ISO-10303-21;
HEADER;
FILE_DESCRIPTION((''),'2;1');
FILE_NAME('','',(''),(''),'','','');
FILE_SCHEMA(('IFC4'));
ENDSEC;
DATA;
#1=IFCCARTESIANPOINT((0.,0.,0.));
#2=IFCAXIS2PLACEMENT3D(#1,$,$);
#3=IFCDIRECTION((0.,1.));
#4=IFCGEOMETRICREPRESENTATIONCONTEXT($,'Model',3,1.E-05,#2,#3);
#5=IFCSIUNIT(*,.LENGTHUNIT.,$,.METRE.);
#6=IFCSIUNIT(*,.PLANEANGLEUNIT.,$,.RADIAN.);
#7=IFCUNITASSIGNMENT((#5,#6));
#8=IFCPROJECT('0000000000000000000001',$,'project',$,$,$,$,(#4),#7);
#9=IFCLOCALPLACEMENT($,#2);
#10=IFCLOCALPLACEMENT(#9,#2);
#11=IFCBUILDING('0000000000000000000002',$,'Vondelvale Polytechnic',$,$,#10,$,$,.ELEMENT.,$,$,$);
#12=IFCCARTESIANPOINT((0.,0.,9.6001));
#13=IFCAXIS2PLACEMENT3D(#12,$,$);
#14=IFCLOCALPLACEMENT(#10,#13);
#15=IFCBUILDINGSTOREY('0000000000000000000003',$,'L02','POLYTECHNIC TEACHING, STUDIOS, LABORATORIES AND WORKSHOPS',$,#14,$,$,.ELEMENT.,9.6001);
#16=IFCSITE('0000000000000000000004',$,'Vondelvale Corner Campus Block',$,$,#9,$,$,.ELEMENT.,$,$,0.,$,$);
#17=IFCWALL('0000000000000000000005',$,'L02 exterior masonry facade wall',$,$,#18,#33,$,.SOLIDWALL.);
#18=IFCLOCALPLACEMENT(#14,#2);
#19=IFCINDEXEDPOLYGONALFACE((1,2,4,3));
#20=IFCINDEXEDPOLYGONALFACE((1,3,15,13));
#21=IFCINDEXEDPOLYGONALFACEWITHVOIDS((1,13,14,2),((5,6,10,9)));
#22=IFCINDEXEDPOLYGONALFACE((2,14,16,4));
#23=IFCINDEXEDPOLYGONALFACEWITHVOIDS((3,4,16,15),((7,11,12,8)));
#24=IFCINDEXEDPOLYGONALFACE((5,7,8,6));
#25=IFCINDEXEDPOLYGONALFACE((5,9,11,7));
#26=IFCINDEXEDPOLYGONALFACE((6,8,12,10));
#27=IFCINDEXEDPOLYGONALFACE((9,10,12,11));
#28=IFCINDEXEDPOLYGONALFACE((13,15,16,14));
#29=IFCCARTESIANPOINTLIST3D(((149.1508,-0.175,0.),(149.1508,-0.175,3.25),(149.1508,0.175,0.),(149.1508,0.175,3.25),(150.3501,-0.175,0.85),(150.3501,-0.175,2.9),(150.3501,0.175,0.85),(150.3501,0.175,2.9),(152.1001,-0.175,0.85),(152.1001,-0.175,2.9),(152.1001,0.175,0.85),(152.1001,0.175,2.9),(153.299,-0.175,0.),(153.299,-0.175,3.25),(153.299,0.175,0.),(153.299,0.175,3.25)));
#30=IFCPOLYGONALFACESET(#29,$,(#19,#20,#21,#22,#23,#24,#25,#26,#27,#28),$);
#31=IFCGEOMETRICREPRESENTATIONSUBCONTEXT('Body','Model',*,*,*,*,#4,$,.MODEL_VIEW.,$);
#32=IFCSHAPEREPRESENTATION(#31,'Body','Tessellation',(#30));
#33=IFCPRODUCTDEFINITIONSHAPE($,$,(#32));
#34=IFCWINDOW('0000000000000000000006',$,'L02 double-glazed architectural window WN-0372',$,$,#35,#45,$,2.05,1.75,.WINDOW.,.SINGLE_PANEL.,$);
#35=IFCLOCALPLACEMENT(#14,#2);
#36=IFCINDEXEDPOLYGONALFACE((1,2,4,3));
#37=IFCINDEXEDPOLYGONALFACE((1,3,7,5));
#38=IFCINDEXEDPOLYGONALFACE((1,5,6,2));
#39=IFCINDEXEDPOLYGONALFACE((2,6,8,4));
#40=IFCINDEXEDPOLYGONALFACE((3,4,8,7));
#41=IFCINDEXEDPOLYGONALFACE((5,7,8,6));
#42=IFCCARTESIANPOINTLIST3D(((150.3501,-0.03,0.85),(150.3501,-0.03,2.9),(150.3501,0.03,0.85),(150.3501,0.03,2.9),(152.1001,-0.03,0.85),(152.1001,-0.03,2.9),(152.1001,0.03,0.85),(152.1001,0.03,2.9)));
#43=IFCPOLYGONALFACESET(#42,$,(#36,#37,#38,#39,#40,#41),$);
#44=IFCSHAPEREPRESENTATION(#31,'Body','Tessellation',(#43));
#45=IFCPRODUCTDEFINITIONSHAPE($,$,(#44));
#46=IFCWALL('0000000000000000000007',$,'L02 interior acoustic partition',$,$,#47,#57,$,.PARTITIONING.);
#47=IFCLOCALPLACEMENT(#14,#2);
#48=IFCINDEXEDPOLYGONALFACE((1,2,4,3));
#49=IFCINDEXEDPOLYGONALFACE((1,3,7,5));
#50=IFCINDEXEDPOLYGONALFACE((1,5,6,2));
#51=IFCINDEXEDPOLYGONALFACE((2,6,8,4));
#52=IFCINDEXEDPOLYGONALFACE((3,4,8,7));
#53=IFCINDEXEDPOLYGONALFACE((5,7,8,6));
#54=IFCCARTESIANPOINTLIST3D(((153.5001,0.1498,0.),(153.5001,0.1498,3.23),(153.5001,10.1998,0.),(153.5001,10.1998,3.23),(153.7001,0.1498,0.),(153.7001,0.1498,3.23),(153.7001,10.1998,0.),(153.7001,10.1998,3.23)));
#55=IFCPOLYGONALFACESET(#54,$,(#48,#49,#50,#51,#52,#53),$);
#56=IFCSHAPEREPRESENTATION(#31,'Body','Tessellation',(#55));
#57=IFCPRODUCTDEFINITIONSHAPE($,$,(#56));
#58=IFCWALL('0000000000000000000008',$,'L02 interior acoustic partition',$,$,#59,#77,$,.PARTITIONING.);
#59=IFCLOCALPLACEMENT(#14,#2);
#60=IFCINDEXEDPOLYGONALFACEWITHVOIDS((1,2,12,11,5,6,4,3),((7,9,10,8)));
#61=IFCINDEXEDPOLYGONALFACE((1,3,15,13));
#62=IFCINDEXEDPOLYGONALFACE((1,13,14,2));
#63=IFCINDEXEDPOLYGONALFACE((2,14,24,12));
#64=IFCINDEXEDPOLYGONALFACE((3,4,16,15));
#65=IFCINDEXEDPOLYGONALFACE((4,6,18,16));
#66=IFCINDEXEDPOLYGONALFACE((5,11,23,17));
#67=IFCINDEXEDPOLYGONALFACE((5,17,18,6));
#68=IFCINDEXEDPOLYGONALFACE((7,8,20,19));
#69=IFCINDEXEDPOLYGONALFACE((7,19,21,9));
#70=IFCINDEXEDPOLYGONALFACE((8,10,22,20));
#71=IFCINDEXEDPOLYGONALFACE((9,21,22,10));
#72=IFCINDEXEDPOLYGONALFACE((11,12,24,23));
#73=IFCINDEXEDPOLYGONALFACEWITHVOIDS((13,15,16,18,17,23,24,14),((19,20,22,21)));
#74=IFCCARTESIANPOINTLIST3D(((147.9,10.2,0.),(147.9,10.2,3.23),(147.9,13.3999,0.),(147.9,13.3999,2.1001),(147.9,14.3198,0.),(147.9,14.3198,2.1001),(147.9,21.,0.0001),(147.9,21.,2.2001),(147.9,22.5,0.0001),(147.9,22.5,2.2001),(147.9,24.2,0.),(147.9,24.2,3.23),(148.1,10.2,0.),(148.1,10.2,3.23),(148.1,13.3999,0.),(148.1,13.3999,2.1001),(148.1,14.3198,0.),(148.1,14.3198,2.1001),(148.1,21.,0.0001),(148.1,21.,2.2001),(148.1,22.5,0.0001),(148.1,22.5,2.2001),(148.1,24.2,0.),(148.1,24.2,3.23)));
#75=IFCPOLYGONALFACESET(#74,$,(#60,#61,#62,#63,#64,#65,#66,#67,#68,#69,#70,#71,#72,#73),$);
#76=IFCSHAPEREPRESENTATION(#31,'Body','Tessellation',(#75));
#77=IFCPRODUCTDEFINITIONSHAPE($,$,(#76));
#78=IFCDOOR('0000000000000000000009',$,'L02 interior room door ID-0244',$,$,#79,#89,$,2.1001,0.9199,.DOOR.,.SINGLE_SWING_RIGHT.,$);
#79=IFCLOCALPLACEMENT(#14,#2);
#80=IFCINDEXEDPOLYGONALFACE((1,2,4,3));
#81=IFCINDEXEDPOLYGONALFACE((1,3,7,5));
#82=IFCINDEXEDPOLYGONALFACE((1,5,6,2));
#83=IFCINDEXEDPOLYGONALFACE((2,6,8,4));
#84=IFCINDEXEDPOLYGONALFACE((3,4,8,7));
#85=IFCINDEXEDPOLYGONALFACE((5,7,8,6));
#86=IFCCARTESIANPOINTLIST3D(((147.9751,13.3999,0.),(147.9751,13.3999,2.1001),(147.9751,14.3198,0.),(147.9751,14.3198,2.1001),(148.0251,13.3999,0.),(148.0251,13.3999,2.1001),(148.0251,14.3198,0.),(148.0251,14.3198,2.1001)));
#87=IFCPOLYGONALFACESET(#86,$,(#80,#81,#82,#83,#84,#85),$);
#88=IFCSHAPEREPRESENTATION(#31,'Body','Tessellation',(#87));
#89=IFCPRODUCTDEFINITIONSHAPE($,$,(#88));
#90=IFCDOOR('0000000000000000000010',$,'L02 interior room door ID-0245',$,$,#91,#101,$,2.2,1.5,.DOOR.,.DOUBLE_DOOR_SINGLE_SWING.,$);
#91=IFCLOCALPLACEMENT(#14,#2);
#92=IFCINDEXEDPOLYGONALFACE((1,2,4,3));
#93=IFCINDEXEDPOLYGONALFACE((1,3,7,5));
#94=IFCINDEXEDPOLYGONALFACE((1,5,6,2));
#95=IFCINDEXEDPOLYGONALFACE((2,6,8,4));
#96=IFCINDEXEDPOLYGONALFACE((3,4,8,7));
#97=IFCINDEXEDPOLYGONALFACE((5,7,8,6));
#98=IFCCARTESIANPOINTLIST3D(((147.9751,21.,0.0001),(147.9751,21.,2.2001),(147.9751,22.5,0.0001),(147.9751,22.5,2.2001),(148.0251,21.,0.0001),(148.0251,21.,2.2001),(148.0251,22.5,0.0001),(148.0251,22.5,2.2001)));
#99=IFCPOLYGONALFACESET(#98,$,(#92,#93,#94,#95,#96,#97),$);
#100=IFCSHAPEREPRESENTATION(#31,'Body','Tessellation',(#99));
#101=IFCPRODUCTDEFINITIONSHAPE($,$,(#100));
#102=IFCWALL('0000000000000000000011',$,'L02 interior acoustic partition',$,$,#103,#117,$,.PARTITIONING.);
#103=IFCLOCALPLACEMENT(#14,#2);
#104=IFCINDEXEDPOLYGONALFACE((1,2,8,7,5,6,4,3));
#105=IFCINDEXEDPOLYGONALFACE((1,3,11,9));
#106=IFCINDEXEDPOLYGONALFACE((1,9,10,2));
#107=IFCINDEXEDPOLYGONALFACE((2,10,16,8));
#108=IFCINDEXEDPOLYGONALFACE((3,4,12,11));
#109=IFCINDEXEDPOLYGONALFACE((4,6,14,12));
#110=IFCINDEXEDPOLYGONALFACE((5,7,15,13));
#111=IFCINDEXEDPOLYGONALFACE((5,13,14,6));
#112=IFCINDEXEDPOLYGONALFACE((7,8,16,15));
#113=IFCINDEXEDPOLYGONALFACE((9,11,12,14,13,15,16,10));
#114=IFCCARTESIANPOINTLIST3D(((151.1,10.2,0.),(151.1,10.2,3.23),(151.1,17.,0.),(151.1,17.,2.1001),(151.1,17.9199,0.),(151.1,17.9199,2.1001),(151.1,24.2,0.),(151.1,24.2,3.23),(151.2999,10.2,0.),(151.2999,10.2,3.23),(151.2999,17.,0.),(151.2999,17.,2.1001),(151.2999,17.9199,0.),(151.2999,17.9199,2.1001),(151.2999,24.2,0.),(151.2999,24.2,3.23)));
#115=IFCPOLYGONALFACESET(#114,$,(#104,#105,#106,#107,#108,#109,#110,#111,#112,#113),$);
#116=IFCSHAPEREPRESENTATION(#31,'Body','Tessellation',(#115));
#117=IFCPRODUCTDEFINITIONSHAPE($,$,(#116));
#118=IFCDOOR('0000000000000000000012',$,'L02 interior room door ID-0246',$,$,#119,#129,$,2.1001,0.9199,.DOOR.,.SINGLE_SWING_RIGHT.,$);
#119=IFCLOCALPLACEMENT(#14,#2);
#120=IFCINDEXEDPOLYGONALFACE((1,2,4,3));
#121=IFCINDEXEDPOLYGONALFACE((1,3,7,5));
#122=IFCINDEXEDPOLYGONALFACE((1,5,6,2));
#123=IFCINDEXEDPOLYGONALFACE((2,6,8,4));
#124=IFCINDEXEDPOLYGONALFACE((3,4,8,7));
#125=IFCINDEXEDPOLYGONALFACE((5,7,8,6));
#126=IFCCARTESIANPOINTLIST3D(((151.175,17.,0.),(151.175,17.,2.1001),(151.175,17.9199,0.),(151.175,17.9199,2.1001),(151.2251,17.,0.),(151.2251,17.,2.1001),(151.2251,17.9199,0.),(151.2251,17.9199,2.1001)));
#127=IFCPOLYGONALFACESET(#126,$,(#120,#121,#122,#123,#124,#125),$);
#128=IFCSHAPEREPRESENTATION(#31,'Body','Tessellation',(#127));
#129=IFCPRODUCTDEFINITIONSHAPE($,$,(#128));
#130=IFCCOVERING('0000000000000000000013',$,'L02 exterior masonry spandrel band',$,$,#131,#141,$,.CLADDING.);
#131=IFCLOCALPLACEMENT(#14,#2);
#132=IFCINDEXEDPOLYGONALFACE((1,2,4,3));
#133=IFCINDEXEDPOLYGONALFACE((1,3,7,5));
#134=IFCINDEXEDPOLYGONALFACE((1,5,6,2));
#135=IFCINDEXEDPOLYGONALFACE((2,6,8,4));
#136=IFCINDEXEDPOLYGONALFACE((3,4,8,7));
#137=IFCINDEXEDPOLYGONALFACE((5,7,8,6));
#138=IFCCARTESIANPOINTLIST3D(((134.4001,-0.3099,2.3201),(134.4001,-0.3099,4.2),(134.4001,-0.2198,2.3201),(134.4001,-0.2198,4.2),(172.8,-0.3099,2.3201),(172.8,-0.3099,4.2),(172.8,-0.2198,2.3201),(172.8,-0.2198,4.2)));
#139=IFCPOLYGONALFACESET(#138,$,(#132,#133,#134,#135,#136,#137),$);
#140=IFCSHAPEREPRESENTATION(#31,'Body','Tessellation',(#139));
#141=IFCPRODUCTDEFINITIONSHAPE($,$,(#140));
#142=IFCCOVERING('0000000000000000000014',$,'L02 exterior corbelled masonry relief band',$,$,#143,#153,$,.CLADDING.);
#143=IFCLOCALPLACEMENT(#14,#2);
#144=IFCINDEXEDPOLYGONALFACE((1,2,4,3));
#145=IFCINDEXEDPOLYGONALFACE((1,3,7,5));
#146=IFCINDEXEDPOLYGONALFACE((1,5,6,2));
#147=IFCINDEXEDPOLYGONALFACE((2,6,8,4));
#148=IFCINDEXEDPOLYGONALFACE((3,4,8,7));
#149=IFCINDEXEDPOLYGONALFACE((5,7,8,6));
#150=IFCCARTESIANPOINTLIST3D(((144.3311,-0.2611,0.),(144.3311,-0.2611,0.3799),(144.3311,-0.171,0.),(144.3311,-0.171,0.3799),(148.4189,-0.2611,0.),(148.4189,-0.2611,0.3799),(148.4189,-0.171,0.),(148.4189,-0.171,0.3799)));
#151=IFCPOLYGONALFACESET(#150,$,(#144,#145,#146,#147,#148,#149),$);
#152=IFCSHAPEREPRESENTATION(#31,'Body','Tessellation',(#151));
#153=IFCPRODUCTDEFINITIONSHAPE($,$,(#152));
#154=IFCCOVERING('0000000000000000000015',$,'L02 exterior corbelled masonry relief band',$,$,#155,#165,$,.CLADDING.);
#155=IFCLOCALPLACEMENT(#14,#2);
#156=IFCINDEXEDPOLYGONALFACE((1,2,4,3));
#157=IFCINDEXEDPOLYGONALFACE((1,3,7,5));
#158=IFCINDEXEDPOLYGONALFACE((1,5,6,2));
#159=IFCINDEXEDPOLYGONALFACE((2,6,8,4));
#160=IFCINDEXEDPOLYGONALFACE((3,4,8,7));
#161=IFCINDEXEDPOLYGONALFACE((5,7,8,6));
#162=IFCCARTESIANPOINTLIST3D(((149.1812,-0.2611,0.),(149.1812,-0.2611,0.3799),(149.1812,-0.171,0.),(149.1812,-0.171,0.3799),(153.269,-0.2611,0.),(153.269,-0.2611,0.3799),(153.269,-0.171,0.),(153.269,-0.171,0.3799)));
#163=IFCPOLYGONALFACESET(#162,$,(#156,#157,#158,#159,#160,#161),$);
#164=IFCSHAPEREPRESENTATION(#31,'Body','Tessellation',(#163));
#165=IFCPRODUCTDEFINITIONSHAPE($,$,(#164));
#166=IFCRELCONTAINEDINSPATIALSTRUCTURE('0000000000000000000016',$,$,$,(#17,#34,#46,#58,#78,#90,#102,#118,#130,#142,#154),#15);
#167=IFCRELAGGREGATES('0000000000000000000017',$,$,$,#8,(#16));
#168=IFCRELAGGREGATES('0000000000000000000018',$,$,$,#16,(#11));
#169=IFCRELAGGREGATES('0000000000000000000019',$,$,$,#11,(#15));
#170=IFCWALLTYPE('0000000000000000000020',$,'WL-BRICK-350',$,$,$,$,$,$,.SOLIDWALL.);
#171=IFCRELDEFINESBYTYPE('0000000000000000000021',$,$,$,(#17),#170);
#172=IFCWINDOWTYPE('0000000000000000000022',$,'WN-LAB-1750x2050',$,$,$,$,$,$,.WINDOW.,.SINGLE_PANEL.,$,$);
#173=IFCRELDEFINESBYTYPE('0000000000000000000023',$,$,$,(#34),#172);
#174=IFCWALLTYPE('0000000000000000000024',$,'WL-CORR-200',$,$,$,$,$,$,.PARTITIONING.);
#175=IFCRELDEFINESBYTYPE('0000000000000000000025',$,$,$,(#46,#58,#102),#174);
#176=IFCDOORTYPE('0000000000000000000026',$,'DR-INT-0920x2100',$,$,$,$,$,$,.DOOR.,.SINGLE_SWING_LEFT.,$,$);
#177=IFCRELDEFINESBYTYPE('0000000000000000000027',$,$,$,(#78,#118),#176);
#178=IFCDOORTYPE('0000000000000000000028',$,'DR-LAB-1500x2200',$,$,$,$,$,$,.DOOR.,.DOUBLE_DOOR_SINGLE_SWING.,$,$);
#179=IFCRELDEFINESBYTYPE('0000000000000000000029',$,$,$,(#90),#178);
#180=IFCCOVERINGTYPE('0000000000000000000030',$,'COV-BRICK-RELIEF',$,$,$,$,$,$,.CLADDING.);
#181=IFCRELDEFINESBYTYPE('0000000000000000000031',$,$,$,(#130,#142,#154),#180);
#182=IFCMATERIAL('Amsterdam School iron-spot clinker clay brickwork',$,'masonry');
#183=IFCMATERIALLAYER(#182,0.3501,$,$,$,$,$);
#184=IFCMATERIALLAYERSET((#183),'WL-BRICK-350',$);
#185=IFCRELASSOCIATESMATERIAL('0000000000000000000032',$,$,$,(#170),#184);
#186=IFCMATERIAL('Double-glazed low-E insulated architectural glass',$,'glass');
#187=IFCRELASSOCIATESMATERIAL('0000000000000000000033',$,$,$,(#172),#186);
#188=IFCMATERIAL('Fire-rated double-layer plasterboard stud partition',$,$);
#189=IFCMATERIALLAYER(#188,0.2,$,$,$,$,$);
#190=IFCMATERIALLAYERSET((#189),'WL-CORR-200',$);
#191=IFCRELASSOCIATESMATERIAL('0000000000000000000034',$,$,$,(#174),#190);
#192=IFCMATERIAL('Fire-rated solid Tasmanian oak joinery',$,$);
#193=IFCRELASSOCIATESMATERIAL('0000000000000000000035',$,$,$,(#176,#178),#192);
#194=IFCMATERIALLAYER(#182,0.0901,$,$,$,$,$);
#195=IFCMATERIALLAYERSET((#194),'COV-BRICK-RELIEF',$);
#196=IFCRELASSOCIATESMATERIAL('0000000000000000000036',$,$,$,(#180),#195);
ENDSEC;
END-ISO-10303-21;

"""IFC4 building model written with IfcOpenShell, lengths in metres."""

from ifc_helpers import new_model, si_unit, direction, frame, frame_2d, origin, origin_2d, place, context, subcontext, project, spatial, rectangle, extrude, material, layer, layer_set, type_object, element, fill, save


model = new_model("IFC4")

# Units and contexts
model_context = context("Model", 3, precision=1e-05, world=origin(), true_north=direction((0.0, 1.0)))
body_context = subcontext(model_context, "Body", "Model", "MODEL_VIEW")
ifc_project = project(units=[si_unit("LENGTHUNIT", "METRE"), si_unit("PLANEANGLEUNIT", "RADIAN")], contexts=[model_context])

# Site, building, storey
site_placement = place(None, origin())
site = spatial("IfcSite", under=ifc_project, at=site_placement, Name="Vondelvale Corner Campus Block", CompositionType="ELEMENT", RefElevation=0.0)
building_placement = place(site_placement, origin())
building = spatial("IfcBuilding", under=site, at=building_placement, Name="Vondelvale Polytechnic", CompositionType="ELEMENT")
storey_placement = place(building_placement, frame((0.0, 0.0, 9.6001)))
storey = spatial("IfcBuildingStorey", under=building, at=storey_placement, Name="L02", Description="POLYTECHNIC TEACHING, STUDIOS, LABORATORIES AND WORKSHOPS", CompositionType="ELEMENT", Elevation=9.6001)

# Wall, opening, window
ifc_material_1 = material(Name="Amsterdam School iron-spot clinker clay brickwork", Category="masonry")
ifc_layer_1 = layer(ifc_material_1, 0.3501)
ifc_layer_set_1 = layer_set([ifc_layer_1], Name="WL-BRICK-350")
wall_type_1 = type_object("IfcWallType", Name="WL-BRICK-350", PredefinedType="SOLIDWALL", material=ifc_layer_set_1)
ifc_material_2 = material(Name="Double-glazed low-E insulated architectural glass", Category="glass")
window_type_1 = type_object("IfcWindowType", Name="WN-LAB-1750x2050", PartitioningType="SINGLE_PANEL", PredefinedType="WINDOW", material=ifc_material_2)
wall_1_placement = place(storey_placement, frame((153.2991, 0.0, 0.0), z_axis=(0.0, 0.0, 1.0), x_axis=(-1.0, 0.0, 0.0)))
wall_1 = element("IfcWall", 1, at=wall_1_placement, inside=storey, type_object=wall_type_1, Name="L02 exterior masonry facade wall", PredefinedType="SOLIDWALL", context=body_context, shape_type="SweptSolid", body=[
    extrude(rectangle(XDim=4.1482, YDim=0.3501, at=frame_2d((2.0742, 0.0))), origin(), (0.0, 0.0, 1.0), 3.25),
])
opening_1_placement = place(wall_1_placement, frame((1.199, 0.0, 0.8501)))
opening_1 = element("IfcOpeningElement", 2, at=opening_1_placement, cuts=wall_1, PredefinedType="OPENING", context=body_context, shape_type="SweptSolid", body=[
    extrude(rectangle(XDim=1.75, YDim=2.05, at=frame_2d((0.875, 1.0249))), frame((0.0, 0.1851, 0.0), z_axis=(0.0, -1.0, 0.0), x_axis=(1.0, 0.0, 0.0)), (0.0, 0.0, 1.0), 0.3701),
])
window_1_placement = place(opening_1_placement, origin())
window_1 = element("IfcWindow", 3, at=window_1_placement, inside=storey, type_object=window_type_1, Name="L02 double-glazed architectural window WN-0372", OverallHeight=2.05, OverallWidth=1.75, PartitioningType="SINGLE_PANEL", PredefinedType="WINDOW", context=body_context, shape_type="SweptSolid", body=[
    extrude(rectangle(XDim=1.75, YDim=2.05, at=frame_2d((0.875, 1.0249))), frame((0.0, 0.03, 0.0), z_axis=(0.0, -1.0, 0.0), x_axis=(1.0, 0.0, 0.0)), (0.0, 0.0, 1.0), 0.0601),
])
fill(opening_1, window_1)

# Wall
ifc_material_3 = material(Name="Fire-rated double-layer plasterboard stud partition")
ifc_layer_2 = layer(ifc_material_3, 0.2)
ifc_layer_set_2 = layer_set([ifc_layer_2], Name="WL-CORR-200")
wall_type_2 = type_object("IfcWallType", Name="WL-CORR-200", PredefinedType="PARTITIONING", material=ifc_layer_set_2)
wall_2_placement = place(storey_placement, frame((153.6001, 0.1499, 0.0), z_axis=(0.0, 0.0, 1.0), x_axis=(0.0, 1.0, 0.0)))
element("IfcWall", 4, at=wall_2_placement, inside=storey, type_object=wall_type_2, Name="L02 interior acoustic partition", PredefinedType="PARTITIONING", context=body_context, shape_type="SweptSolid", body=[
    extrude(rectangle(XDim=10.05, YDim=0.2, at=frame_2d((5.0249, 0.0))), origin(), (0.0, 0.0, 1.0), 3.23),
])

# Wall, openings, doors
wall_3_placement = place(storey_placement, frame((148.0, 10.2, 0.0), z_axis=(0.0, 0.0, 1.0), x_axis=(0.0, 1.0, 0.0)))
wall_3 = element("IfcWall", 5, at=wall_3_placement, inside=storey, type_object=wall_type_2, Name="L02 interior acoustic partition", PredefinedType="PARTITIONING", context=body_context, shape_type="SweptSolid", body=[
    extrude(rectangle(XDim=14.0, YDim=0.2, at=frame_2d((7.0, 0.0))), origin(), (0.0, 0.0, 1.0), 3.23),
])
opening_2_placement = place(wall_3_placement, frame((3.2, 0.0, 0.0)))
opening_2 = element("IfcOpeningElement", 6, at=opening_2_placement, cuts=wall_3, PredefinedType="OPENING", context=body_context, shape_type="SweptSolid", body=[
    extrude(rectangle(XDim=0.9199, YDim=2.1001, at=frame_2d((0.46, 1.05))), frame((0.0, 0.1099, 0.0), z_axis=(0.0, -1.0, 0.0), x_axis=(1.0, 0.0, 0.0)), (0.0, 0.0, 1.0), 0.22),
])
opening_3_placement = place(wall_3_placement, frame((10.8, 0.0, 0.0)))
opening_3 = element("IfcOpeningElement", 7, at=opening_3_placement, cuts=wall_3, PredefinedType="OPENING", context=body_context, shape_type="SweptSolid", body=[
    extrude(rectangle(XDim=1.5, YDim=2.2, at=frame_2d((0.75, 1.1001))), frame((0.0, 0.1099, 0.0), z_axis=(0.0, -1.0, 0.0), x_axis=(1.0, 0.0, 0.0)), (0.0, 0.0, 1.0), 0.22),
])
ifc_material_4 = material(Name="Fire-rated solid Tasmanian oak joinery")
door_type_1 = type_object("IfcDoorType", Name="DR-INT-0920x2100", OperationType="SINGLE_SWING_LEFT", PredefinedType="DOOR", material=ifc_material_4)
door_1_placement = place(opening_2_placement, origin())
door_1 = element("IfcDoor", 8, at=door_1_placement, inside=storey, type_object=door_type_1, Name="L02 interior room door ID-0244", OperationType="SINGLE_SWING_RIGHT", OverallHeight=2.1001, OverallWidth=0.9199, PredefinedType="DOOR", context=body_context, shape_type="SweptSolid", body=[
    extrude(rectangle(XDim=0.9199, YDim=2.1001, at=frame_2d((0.46, 1.05))), frame((0.0, 0.0249, 0.0), z_axis=(0.0, -1.0, 0.0), x_axis=(1.0, 0.0, 0.0)), (0.0, 0.0, 1.0), 0.05),
])
fill(opening_2, door_1)
door_type_2 = type_object("IfcDoorType", Name="DR-LAB-1500x2200", OperationType="DOUBLE_DOOR_SINGLE_SWING", PredefinedType="DOOR", material=ifc_material_4)
door_2_placement = place(opening_3_placement, origin())
door_2 = element("IfcDoor", 9, at=door_2_placement, inside=storey, type_object=door_type_2, Name="L02 interior room door ID-0245", OperationType="DOUBLE_DOOR_SINGLE_SWING", OverallHeight=2.2, OverallWidth=1.5, PredefinedType="DOOR", context=body_context, shape_type="SweptSolid", body=[
    extrude(rectangle(XDim=1.5, YDim=2.2, at=frame_2d((0.75, 1.1001))), frame((0.0, 0.0249, 0.0), z_axis=(0.0, -1.0, 0.0), x_axis=(1.0, 0.0, 0.0)), (0.0, 0.0, 1.0), 0.05),
])
fill(opening_3, door_2)

# Wall, opening, door
wall_4_placement = place(storey_placement, frame((151.2, 10.2, 0.0), z_axis=(0.0, 0.0, 1.0), x_axis=(0.0, 1.0, 0.0)))
wall_4 = element("IfcWall", 10, at=wall_4_placement, inside=storey, type_object=wall_type_2, Name="L02 interior acoustic partition", PredefinedType="PARTITIONING", context=body_context, shape_type="SweptSolid", body=[
    extrude(rectangle(XDim=14.0, YDim=0.2, at=frame_2d((7.0, 0.0))), origin(), (0.0, 0.0, 1.0), 3.23),
])
opening_4_placement = place(wall_4_placement, frame((6.8, 0.0, 0.0)))
opening_4 = element("IfcOpeningElement", 11, at=opening_4_placement, cuts=wall_4, PredefinedType="OPENING", context=body_context, shape_type="SweptSolid", body=[
    extrude(rectangle(XDim=0.9199, YDim=2.1001, at=frame_2d((0.46, 1.05))), frame((0.0, 0.1099, 0.0), z_axis=(0.0, -1.0, 0.0), x_axis=(1.0, 0.0, 0.0)), (0.0, 0.0, 1.0), 0.22),
])
door_3_placement = place(opening_4_placement, origin())
door_3 = element("IfcDoor", 12, at=door_3_placement, inside=storey, type_object=door_type_1, Name="L02 interior room door ID-0246", OperationType="SINGLE_SWING_RIGHT", OverallHeight=2.1001, OverallWidth=0.9199, PredefinedType="DOOR", context=body_context, shape_type="SweptSolid", body=[
    extrude(rectangle(XDim=0.9199, YDim=2.1001, at=frame_2d((0.46, 1.05))), frame((0.0, 0.0249, 0.0), z_axis=(0.0, -1.0, 0.0), x_axis=(1.0, 0.0, 0.0)), (0.0, 0.0, 1.0), 0.05),
])
fill(opening_4, door_3)

# Coverings
ifc_layer_3 = layer(ifc_material_1, 0.0901)
ifc_layer_set_3 = layer_set([ifc_layer_3], Name="COV-BRICK-RELIEF")
covering_type = type_object("IfcCoveringType", Name="COV-BRICK-RELIEF", PredefinedType="CLADDING", material=ifc_layer_set_3)
covering_placement = place(storey_placement, frame((153.6001, -0.2649, 2.3201), z_axis=(0.0, 0.0, 1.0), x_axis=(1.0, 0.0, 0.0)))
element("IfcCovering", 13, at=covering_placement, inside=storey, type_object=covering_type, Name="L02 exterior masonry spandrel band", PredefinedType="CLADDING", context=body_context, shape_type="SweptSolid", body=[
    extrude(rectangle(XDim=38.3999, YDim=0.0901, at=origin_2d()), origin(), (0.0, 0.0, 1.0), 1.8799),
])
for number, where, z_axis, x_axis, name in (
    (14, (146.375, -0.2161, 0.0), (0.0, 0.0, 1.0), (-1.0, 0.0, 0.0), "L02 exterior corbelled masonry relief band"),
    (15, (151.2251, -0.2161, 0.0), (0.0, 0.0, 1.0), (-1.0, 0.0, 0.0), "L02 exterior corbelled masonry relief band"),
):
    element("IfcCovering", number, at=place(storey_placement, frame(where, z_axis=z_axis, x_axis=x_axis)), inside=storey, type_object=covering_type, Name=name, PredefinedType="CLADDING", context=body_context, shape_type="SweptSolid", body=[
        extrude(rectangle(XDim=4.0879, YDim=0.0901, at=origin_2d()), origin(), (0.0, 0.0, 1.0), 0.3799),
    ])

save(model, "model.ifc")
